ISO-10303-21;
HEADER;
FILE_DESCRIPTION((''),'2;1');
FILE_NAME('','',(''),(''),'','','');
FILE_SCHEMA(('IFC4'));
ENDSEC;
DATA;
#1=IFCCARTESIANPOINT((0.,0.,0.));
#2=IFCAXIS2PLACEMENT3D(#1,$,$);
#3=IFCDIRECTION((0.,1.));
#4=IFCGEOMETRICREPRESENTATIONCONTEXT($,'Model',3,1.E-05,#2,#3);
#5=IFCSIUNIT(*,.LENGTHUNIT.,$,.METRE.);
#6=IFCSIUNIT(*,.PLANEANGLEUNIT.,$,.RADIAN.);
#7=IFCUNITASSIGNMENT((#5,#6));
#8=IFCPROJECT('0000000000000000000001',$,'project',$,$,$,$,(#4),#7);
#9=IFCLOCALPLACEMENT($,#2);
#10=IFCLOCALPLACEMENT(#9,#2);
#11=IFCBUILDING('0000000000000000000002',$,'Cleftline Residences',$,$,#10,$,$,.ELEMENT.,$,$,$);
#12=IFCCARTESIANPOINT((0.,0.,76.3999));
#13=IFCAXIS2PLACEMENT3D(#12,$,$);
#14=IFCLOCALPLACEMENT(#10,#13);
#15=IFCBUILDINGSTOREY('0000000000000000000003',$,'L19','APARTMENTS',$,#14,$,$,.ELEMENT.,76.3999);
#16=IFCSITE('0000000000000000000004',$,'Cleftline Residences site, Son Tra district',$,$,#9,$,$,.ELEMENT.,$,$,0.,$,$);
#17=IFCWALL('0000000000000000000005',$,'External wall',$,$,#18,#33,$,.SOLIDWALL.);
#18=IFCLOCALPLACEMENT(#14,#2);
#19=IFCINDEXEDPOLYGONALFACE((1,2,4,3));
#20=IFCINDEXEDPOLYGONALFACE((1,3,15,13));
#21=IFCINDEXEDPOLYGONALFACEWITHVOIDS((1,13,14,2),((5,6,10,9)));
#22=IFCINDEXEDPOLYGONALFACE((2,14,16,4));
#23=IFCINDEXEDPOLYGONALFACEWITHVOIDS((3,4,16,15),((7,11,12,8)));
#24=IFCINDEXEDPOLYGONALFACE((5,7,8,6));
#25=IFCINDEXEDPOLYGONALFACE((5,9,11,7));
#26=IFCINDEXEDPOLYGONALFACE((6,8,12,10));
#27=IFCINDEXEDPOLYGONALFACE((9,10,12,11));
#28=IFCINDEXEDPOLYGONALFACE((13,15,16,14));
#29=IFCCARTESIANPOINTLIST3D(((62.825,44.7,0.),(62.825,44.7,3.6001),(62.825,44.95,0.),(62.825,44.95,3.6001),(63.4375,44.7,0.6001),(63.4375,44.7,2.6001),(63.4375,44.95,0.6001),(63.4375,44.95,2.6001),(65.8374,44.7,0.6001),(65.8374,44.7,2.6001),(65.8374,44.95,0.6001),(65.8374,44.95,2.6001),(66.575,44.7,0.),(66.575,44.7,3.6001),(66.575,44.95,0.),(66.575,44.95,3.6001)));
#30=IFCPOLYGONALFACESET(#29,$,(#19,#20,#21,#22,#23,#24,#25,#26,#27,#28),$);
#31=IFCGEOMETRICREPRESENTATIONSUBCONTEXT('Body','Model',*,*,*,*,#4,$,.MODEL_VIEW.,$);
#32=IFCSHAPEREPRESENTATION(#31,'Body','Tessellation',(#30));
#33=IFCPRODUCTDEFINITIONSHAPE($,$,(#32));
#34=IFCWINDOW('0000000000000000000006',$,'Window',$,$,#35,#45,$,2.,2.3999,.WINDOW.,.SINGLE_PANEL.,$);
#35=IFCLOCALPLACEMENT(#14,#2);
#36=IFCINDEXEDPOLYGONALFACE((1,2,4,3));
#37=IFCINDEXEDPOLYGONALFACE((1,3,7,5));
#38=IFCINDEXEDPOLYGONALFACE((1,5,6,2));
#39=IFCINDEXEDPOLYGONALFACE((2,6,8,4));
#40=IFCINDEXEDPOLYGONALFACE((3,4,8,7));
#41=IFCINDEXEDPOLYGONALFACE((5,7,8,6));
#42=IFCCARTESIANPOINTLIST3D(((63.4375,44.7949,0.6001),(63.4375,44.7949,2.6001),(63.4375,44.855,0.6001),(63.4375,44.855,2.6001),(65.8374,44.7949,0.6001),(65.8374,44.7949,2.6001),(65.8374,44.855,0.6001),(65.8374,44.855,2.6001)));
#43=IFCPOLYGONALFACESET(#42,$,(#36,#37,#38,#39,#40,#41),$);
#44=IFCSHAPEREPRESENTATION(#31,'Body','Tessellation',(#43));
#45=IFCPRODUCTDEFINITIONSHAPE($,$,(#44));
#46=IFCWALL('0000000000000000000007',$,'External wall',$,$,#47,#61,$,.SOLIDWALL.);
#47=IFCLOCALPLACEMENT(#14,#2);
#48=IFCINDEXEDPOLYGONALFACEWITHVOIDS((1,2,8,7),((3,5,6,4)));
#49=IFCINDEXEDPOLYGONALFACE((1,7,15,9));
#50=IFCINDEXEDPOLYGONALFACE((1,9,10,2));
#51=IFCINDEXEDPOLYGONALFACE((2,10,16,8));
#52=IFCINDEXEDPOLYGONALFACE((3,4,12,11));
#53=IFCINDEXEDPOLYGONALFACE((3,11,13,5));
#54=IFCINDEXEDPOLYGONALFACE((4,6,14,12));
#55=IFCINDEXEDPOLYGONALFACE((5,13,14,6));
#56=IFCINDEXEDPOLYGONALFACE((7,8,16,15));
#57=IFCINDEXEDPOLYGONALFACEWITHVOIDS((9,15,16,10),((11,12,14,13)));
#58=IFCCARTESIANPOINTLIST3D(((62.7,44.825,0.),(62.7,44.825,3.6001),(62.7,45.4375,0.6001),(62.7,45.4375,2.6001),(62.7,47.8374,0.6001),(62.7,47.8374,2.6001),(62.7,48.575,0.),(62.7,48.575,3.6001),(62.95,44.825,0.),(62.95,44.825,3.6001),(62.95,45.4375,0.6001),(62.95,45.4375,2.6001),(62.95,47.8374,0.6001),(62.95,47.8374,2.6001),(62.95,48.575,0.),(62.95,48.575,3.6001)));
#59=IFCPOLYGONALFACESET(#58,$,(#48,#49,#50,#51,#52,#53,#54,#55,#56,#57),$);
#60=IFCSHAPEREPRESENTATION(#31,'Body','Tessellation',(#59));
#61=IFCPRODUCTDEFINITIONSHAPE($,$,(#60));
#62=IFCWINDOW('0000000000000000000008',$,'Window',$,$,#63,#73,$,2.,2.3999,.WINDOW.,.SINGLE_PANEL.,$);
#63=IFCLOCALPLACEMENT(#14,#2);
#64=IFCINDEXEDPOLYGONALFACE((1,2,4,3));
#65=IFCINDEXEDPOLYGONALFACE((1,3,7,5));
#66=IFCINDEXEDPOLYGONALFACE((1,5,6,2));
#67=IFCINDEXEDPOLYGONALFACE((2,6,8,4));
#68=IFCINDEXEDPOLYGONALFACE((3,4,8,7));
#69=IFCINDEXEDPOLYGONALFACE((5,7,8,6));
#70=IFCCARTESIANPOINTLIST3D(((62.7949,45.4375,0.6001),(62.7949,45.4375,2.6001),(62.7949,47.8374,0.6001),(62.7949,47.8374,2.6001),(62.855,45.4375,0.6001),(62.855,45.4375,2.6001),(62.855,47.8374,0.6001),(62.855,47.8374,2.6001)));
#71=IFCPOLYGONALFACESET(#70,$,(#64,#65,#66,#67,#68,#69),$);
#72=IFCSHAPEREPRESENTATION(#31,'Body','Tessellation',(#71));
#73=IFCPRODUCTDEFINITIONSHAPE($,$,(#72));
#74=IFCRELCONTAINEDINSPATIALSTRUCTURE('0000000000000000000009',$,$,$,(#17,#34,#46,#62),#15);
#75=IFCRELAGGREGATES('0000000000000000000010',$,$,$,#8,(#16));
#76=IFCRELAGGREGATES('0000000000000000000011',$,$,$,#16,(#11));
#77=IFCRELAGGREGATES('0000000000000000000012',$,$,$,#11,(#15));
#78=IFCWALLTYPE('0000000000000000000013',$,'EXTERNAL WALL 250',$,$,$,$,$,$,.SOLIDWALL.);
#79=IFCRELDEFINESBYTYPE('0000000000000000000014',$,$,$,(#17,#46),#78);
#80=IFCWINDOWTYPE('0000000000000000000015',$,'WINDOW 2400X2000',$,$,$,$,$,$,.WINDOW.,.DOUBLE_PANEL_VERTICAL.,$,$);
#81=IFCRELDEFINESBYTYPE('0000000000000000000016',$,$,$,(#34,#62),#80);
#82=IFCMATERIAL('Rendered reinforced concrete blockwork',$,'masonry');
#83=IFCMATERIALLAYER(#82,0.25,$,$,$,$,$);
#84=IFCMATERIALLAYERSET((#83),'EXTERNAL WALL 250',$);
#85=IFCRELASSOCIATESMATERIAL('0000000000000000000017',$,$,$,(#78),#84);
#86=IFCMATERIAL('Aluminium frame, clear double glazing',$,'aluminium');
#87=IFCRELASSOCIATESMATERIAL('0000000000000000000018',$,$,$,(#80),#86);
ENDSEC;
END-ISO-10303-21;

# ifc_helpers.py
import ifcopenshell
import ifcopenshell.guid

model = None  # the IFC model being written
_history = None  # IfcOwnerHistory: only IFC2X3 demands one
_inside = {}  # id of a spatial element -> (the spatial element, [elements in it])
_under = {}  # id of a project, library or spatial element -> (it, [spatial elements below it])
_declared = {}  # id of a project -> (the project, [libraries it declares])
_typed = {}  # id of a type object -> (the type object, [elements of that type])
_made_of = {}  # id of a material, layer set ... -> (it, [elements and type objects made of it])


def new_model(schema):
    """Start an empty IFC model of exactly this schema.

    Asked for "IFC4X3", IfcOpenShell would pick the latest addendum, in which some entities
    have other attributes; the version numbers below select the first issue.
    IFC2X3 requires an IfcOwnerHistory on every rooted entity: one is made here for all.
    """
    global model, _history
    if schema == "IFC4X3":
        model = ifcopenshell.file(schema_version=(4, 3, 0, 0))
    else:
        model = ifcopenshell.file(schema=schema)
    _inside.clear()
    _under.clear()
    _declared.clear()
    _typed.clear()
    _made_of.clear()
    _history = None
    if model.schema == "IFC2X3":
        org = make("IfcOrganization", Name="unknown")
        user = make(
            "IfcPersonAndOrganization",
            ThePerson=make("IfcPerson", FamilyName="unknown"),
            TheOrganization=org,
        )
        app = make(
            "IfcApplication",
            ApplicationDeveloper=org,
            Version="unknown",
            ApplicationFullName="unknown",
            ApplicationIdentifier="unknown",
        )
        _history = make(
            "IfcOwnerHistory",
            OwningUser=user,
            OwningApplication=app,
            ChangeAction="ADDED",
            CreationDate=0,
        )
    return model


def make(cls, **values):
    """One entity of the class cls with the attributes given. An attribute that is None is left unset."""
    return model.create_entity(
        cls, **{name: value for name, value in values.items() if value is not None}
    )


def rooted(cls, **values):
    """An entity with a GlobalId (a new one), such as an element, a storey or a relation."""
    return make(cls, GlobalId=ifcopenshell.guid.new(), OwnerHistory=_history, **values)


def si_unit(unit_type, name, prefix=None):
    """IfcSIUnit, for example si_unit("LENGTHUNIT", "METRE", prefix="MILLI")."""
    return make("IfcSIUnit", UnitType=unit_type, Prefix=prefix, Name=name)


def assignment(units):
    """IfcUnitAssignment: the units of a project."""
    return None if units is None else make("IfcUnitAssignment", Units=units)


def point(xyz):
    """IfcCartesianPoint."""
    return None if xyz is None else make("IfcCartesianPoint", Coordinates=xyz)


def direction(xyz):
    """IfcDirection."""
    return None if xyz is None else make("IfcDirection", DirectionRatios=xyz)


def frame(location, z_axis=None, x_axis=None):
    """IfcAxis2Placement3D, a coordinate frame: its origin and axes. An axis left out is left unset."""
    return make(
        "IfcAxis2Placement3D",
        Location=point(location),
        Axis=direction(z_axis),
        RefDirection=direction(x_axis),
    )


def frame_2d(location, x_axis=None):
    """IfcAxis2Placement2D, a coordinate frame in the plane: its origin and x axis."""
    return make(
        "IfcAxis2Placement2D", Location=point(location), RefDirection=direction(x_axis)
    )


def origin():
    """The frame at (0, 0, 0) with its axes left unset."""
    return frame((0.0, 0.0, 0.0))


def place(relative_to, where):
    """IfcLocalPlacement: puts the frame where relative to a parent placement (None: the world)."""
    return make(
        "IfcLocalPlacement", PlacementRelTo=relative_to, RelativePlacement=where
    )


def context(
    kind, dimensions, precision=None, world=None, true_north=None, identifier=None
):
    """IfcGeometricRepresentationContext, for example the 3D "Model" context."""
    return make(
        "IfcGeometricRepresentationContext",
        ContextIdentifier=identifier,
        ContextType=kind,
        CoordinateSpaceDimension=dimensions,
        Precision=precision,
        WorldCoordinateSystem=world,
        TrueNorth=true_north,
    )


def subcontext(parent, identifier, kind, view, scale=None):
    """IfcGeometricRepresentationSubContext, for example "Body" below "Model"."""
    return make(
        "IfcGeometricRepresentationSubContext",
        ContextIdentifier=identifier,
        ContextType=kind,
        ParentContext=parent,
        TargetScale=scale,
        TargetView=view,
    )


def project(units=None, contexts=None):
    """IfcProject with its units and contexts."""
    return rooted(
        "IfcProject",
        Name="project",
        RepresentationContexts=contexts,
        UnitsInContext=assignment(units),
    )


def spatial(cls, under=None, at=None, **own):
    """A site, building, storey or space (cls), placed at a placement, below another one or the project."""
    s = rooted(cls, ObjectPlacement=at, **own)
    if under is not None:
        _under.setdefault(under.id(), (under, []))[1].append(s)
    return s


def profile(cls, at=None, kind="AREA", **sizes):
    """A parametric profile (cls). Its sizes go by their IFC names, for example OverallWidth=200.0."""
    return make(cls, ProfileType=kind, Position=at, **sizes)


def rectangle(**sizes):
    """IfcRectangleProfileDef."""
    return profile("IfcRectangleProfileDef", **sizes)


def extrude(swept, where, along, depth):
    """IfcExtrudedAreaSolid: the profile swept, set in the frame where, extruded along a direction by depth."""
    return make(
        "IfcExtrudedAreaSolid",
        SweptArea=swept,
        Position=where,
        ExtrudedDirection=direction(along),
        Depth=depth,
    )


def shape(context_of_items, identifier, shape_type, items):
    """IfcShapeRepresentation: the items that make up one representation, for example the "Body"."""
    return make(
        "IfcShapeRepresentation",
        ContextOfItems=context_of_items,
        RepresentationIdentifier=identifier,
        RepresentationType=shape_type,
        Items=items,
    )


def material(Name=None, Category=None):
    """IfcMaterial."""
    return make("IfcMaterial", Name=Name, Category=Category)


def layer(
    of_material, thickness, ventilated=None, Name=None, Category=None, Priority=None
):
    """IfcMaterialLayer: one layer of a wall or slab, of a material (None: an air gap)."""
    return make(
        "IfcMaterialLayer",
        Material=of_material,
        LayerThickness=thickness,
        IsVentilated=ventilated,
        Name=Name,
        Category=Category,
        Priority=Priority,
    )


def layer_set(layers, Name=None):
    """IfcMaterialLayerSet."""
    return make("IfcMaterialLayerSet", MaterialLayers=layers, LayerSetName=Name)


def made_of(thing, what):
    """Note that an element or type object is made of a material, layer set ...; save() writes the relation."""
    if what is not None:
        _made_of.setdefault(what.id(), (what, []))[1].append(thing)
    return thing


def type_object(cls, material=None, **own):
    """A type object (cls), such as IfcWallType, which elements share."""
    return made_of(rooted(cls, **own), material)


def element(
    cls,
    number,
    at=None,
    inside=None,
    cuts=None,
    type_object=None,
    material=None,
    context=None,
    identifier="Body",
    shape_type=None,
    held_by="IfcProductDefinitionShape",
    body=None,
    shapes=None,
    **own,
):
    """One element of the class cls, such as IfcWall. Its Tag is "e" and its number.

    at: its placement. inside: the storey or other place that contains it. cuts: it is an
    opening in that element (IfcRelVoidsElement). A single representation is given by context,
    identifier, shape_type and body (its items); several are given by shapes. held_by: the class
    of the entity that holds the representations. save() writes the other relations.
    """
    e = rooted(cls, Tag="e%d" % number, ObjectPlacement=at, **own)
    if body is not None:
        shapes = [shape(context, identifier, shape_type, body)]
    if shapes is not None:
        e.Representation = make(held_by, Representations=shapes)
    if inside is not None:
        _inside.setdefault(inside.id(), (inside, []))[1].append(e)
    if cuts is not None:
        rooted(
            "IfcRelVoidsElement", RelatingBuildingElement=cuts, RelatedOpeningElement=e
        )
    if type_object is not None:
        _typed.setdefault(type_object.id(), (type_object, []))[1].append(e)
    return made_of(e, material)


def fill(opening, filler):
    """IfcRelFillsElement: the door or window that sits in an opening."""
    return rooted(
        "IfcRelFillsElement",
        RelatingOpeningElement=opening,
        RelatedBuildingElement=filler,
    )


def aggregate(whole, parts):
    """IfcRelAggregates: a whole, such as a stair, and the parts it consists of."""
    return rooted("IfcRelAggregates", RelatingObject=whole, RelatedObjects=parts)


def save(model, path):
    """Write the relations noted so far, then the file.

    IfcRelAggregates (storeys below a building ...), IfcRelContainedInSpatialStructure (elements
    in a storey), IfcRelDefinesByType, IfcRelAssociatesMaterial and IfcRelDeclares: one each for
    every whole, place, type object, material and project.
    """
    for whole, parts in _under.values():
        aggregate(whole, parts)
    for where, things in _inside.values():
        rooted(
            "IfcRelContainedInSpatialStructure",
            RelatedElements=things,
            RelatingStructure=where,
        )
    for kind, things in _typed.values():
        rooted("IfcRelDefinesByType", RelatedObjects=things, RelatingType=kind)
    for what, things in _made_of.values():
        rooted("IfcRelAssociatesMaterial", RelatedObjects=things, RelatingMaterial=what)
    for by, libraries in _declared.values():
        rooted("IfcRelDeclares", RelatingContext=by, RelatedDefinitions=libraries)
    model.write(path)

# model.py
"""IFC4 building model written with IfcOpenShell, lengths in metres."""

from ifc_helpers import new_model, si_unit, direction, frame, frame_2d, origin, place, context, subcontext, project, spatial, rectangle, extrude, material, layer, layer_set, type_object, element, fill, save


model = new_model("IFC4")

# Units and contexts
model_context = context("Model", 3, precision=1e-05, world=origin(), true_north=direction((0.0, 1.0)))
body_context = subcontext(model_context, "Body", "Model", "MODEL_VIEW")
ifc_project = project(units=[si_unit("LENGTHUNIT", "METRE"), si_unit("PLANEANGLEUNIT", "RADIAN")], contexts=[model_context])

# Site, building, storey
site_placement = place(None, origin())
site = spatial("IfcSite", under=ifc_project, at=site_placement, Name="Cleftline Residences site, Son Tra district", CompositionType="ELEMENT", RefElevation=0.0)
building_placement = place(site_placement, origin())
building = spatial("IfcBuilding", under=site, at=building_placement, Name="Cleftline Residences", CompositionType="ELEMENT")
storey_placement = place(building_placement, frame((0.0, 0.0, 76.3999)))
storey = spatial("IfcBuildingStorey", under=building, at=storey_placement, Name="L19", Description="APARTMENTS", CompositionType="ELEMENT", Elevation=76.3999)

# Walls, openings, windows
ifc_material_1 = material(Name="Rendered reinforced concrete blockwork", Category="masonry")
ifc_layer_1 = layer(ifc_material_1, 0.25)
ifc_layer_set_1 = layer_set([ifc_layer_1], Name="EXTERNAL WALL 250")
wall_type_1 = type_object("IfcWallType", Name="EXTERNAL WALL 250", PredefinedType="SOLIDWALL", material=ifc_layer_set_1)
wall_1_placement = place(storey_placement, frame((66.575, 44.825, 0.0), z_axis=(0.0, 0.0, 1.0), x_axis=(-1.0, 0.0, 0.0)))
wall_1 = element("IfcWall", 1, at=wall_1_placement, inside=storey, type_object=wall_type_1, Name="External wall", PredefinedType="SOLIDWALL", context=body_context, shape_type="SweptSolid", body=[
    extrude(rectangle(XDim=3.75, YDim=0.25, at=frame_2d((1.875, 0.0))), origin(), (0.0, 0.0, 1.0), 3.6001),
])
opening_1_placement = place(wall_1_placement, frame((0.7375, 0.0, 0.6001)))
opening_1 = element("IfcOpeningElement", 2, at=opening_1_placement, cuts=wall_1, PredefinedType="OPENING", context=body_context, shape_type="SweptSolid", body=[
    extrude(rectangle(XDim=2.3999, YDim=2.0, at=frame_2d((1.2, 1.0))), frame((0.0, 0.135, 0.0), z_axis=(0.0, -1.0, 0.0), x_axis=(1.0, 0.0, 0.0)), (0.0, 0.0, 1.0), 0.27),
])
ifc_material_2 = material(Name="Aluminium frame, clear double glazing", Category="aluminium")
window_type_1 = type_object("IfcWindowType", Name="WINDOW 2400X2000", PartitioningType="DOUBLE_PANEL_VERTICAL", PredefinedType="WINDOW", material=ifc_material_2)
window_1_placement = place(opening_1_placement, origin())
window_1 = element("IfcWindow", 3, at=window_1_placement, inside=storey, type_object=window_type_1, Name="Window", OverallHeight=2.0, OverallWidth=2.3999, PartitioningType="SINGLE_PANEL", PredefinedType="WINDOW", context=body_context, shape_type="SweptSolid", body=[
    extrude(rectangle(XDim=2.3999, YDim=2.0, at=frame_2d((1.2, 1.0))), frame((0.0, 0.03, 0.0), z_axis=(0.0, -1.0, 0.0), x_axis=(1.0, 0.0, 0.0)), (0.0, 0.0, 1.0), 0.0601),
])
fill(opening_1, window_1)
wall_2_placement = place(storey_placement, frame((62.825, 44.825, 0.0), z_axis=(0.0, 0.0, 1.0), x_axis=(0.0, 1.0, 0.0)))
wall_2 = element("IfcWall", 4, at=wall_2_placement, inside=storey, type_object=wall_type_1, Name="External wall", PredefinedType="SOLIDWALL", context=body_context, shape_type="SweptSolid", body=[
    extrude(rectangle(XDim=3.75, YDim=0.25, at=frame_2d((1.875, 0.0))), origin(), (0.0, 0.0, 1.0), 3.6001),
])
opening_2_placement = place(wall_2_placement, frame((0.6125, 0.0, 0.6001)))
opening_2 = element("IfcOpeningElement", 5, at=opening_2_placement, cuts=wall_2, PredefinedType="OPENING", context=body_context, shape_type="SweptSolid", body=[
    extrude(rectangle(XDim=2.3999, YDim=2.0, at=frame_2d((1.2, 1.0))), frame((0.0, 0.135, 0.0), z_axis=(0.0, -1.0, 0.0), x_axis=(1.0, 0.0, 0.0)), (0.0, 0.0, 1.0), 0.27),
])
window_2_placement = place(opening_2_placement, origin())
window_2 = element("IfcWindow", 6, at=window_2_placement, inside=storey, type_object=window_type_1, Name="Window", OverallHeight=2.0, OverallWidth=2.3999, PartitioningType="SINGLE_PANEL", PredefinedType="WINDOW", context=body_context, shape_type="SweptSolid", body=[
    extrude(rectangle(XDim=2.3999, YDim=2.0, at=frame_2d((1.2, 1.0))), frame((0.0, 0.03, 0.0), z_axis=(0.0, -1.0, 0.0), x_axis=(1.0, 0.0, 0.0)), (0.0, 0.0, 1.0), 0.0601),
])
fill(opening_2, window_2)

save(model, "model.ifc")
